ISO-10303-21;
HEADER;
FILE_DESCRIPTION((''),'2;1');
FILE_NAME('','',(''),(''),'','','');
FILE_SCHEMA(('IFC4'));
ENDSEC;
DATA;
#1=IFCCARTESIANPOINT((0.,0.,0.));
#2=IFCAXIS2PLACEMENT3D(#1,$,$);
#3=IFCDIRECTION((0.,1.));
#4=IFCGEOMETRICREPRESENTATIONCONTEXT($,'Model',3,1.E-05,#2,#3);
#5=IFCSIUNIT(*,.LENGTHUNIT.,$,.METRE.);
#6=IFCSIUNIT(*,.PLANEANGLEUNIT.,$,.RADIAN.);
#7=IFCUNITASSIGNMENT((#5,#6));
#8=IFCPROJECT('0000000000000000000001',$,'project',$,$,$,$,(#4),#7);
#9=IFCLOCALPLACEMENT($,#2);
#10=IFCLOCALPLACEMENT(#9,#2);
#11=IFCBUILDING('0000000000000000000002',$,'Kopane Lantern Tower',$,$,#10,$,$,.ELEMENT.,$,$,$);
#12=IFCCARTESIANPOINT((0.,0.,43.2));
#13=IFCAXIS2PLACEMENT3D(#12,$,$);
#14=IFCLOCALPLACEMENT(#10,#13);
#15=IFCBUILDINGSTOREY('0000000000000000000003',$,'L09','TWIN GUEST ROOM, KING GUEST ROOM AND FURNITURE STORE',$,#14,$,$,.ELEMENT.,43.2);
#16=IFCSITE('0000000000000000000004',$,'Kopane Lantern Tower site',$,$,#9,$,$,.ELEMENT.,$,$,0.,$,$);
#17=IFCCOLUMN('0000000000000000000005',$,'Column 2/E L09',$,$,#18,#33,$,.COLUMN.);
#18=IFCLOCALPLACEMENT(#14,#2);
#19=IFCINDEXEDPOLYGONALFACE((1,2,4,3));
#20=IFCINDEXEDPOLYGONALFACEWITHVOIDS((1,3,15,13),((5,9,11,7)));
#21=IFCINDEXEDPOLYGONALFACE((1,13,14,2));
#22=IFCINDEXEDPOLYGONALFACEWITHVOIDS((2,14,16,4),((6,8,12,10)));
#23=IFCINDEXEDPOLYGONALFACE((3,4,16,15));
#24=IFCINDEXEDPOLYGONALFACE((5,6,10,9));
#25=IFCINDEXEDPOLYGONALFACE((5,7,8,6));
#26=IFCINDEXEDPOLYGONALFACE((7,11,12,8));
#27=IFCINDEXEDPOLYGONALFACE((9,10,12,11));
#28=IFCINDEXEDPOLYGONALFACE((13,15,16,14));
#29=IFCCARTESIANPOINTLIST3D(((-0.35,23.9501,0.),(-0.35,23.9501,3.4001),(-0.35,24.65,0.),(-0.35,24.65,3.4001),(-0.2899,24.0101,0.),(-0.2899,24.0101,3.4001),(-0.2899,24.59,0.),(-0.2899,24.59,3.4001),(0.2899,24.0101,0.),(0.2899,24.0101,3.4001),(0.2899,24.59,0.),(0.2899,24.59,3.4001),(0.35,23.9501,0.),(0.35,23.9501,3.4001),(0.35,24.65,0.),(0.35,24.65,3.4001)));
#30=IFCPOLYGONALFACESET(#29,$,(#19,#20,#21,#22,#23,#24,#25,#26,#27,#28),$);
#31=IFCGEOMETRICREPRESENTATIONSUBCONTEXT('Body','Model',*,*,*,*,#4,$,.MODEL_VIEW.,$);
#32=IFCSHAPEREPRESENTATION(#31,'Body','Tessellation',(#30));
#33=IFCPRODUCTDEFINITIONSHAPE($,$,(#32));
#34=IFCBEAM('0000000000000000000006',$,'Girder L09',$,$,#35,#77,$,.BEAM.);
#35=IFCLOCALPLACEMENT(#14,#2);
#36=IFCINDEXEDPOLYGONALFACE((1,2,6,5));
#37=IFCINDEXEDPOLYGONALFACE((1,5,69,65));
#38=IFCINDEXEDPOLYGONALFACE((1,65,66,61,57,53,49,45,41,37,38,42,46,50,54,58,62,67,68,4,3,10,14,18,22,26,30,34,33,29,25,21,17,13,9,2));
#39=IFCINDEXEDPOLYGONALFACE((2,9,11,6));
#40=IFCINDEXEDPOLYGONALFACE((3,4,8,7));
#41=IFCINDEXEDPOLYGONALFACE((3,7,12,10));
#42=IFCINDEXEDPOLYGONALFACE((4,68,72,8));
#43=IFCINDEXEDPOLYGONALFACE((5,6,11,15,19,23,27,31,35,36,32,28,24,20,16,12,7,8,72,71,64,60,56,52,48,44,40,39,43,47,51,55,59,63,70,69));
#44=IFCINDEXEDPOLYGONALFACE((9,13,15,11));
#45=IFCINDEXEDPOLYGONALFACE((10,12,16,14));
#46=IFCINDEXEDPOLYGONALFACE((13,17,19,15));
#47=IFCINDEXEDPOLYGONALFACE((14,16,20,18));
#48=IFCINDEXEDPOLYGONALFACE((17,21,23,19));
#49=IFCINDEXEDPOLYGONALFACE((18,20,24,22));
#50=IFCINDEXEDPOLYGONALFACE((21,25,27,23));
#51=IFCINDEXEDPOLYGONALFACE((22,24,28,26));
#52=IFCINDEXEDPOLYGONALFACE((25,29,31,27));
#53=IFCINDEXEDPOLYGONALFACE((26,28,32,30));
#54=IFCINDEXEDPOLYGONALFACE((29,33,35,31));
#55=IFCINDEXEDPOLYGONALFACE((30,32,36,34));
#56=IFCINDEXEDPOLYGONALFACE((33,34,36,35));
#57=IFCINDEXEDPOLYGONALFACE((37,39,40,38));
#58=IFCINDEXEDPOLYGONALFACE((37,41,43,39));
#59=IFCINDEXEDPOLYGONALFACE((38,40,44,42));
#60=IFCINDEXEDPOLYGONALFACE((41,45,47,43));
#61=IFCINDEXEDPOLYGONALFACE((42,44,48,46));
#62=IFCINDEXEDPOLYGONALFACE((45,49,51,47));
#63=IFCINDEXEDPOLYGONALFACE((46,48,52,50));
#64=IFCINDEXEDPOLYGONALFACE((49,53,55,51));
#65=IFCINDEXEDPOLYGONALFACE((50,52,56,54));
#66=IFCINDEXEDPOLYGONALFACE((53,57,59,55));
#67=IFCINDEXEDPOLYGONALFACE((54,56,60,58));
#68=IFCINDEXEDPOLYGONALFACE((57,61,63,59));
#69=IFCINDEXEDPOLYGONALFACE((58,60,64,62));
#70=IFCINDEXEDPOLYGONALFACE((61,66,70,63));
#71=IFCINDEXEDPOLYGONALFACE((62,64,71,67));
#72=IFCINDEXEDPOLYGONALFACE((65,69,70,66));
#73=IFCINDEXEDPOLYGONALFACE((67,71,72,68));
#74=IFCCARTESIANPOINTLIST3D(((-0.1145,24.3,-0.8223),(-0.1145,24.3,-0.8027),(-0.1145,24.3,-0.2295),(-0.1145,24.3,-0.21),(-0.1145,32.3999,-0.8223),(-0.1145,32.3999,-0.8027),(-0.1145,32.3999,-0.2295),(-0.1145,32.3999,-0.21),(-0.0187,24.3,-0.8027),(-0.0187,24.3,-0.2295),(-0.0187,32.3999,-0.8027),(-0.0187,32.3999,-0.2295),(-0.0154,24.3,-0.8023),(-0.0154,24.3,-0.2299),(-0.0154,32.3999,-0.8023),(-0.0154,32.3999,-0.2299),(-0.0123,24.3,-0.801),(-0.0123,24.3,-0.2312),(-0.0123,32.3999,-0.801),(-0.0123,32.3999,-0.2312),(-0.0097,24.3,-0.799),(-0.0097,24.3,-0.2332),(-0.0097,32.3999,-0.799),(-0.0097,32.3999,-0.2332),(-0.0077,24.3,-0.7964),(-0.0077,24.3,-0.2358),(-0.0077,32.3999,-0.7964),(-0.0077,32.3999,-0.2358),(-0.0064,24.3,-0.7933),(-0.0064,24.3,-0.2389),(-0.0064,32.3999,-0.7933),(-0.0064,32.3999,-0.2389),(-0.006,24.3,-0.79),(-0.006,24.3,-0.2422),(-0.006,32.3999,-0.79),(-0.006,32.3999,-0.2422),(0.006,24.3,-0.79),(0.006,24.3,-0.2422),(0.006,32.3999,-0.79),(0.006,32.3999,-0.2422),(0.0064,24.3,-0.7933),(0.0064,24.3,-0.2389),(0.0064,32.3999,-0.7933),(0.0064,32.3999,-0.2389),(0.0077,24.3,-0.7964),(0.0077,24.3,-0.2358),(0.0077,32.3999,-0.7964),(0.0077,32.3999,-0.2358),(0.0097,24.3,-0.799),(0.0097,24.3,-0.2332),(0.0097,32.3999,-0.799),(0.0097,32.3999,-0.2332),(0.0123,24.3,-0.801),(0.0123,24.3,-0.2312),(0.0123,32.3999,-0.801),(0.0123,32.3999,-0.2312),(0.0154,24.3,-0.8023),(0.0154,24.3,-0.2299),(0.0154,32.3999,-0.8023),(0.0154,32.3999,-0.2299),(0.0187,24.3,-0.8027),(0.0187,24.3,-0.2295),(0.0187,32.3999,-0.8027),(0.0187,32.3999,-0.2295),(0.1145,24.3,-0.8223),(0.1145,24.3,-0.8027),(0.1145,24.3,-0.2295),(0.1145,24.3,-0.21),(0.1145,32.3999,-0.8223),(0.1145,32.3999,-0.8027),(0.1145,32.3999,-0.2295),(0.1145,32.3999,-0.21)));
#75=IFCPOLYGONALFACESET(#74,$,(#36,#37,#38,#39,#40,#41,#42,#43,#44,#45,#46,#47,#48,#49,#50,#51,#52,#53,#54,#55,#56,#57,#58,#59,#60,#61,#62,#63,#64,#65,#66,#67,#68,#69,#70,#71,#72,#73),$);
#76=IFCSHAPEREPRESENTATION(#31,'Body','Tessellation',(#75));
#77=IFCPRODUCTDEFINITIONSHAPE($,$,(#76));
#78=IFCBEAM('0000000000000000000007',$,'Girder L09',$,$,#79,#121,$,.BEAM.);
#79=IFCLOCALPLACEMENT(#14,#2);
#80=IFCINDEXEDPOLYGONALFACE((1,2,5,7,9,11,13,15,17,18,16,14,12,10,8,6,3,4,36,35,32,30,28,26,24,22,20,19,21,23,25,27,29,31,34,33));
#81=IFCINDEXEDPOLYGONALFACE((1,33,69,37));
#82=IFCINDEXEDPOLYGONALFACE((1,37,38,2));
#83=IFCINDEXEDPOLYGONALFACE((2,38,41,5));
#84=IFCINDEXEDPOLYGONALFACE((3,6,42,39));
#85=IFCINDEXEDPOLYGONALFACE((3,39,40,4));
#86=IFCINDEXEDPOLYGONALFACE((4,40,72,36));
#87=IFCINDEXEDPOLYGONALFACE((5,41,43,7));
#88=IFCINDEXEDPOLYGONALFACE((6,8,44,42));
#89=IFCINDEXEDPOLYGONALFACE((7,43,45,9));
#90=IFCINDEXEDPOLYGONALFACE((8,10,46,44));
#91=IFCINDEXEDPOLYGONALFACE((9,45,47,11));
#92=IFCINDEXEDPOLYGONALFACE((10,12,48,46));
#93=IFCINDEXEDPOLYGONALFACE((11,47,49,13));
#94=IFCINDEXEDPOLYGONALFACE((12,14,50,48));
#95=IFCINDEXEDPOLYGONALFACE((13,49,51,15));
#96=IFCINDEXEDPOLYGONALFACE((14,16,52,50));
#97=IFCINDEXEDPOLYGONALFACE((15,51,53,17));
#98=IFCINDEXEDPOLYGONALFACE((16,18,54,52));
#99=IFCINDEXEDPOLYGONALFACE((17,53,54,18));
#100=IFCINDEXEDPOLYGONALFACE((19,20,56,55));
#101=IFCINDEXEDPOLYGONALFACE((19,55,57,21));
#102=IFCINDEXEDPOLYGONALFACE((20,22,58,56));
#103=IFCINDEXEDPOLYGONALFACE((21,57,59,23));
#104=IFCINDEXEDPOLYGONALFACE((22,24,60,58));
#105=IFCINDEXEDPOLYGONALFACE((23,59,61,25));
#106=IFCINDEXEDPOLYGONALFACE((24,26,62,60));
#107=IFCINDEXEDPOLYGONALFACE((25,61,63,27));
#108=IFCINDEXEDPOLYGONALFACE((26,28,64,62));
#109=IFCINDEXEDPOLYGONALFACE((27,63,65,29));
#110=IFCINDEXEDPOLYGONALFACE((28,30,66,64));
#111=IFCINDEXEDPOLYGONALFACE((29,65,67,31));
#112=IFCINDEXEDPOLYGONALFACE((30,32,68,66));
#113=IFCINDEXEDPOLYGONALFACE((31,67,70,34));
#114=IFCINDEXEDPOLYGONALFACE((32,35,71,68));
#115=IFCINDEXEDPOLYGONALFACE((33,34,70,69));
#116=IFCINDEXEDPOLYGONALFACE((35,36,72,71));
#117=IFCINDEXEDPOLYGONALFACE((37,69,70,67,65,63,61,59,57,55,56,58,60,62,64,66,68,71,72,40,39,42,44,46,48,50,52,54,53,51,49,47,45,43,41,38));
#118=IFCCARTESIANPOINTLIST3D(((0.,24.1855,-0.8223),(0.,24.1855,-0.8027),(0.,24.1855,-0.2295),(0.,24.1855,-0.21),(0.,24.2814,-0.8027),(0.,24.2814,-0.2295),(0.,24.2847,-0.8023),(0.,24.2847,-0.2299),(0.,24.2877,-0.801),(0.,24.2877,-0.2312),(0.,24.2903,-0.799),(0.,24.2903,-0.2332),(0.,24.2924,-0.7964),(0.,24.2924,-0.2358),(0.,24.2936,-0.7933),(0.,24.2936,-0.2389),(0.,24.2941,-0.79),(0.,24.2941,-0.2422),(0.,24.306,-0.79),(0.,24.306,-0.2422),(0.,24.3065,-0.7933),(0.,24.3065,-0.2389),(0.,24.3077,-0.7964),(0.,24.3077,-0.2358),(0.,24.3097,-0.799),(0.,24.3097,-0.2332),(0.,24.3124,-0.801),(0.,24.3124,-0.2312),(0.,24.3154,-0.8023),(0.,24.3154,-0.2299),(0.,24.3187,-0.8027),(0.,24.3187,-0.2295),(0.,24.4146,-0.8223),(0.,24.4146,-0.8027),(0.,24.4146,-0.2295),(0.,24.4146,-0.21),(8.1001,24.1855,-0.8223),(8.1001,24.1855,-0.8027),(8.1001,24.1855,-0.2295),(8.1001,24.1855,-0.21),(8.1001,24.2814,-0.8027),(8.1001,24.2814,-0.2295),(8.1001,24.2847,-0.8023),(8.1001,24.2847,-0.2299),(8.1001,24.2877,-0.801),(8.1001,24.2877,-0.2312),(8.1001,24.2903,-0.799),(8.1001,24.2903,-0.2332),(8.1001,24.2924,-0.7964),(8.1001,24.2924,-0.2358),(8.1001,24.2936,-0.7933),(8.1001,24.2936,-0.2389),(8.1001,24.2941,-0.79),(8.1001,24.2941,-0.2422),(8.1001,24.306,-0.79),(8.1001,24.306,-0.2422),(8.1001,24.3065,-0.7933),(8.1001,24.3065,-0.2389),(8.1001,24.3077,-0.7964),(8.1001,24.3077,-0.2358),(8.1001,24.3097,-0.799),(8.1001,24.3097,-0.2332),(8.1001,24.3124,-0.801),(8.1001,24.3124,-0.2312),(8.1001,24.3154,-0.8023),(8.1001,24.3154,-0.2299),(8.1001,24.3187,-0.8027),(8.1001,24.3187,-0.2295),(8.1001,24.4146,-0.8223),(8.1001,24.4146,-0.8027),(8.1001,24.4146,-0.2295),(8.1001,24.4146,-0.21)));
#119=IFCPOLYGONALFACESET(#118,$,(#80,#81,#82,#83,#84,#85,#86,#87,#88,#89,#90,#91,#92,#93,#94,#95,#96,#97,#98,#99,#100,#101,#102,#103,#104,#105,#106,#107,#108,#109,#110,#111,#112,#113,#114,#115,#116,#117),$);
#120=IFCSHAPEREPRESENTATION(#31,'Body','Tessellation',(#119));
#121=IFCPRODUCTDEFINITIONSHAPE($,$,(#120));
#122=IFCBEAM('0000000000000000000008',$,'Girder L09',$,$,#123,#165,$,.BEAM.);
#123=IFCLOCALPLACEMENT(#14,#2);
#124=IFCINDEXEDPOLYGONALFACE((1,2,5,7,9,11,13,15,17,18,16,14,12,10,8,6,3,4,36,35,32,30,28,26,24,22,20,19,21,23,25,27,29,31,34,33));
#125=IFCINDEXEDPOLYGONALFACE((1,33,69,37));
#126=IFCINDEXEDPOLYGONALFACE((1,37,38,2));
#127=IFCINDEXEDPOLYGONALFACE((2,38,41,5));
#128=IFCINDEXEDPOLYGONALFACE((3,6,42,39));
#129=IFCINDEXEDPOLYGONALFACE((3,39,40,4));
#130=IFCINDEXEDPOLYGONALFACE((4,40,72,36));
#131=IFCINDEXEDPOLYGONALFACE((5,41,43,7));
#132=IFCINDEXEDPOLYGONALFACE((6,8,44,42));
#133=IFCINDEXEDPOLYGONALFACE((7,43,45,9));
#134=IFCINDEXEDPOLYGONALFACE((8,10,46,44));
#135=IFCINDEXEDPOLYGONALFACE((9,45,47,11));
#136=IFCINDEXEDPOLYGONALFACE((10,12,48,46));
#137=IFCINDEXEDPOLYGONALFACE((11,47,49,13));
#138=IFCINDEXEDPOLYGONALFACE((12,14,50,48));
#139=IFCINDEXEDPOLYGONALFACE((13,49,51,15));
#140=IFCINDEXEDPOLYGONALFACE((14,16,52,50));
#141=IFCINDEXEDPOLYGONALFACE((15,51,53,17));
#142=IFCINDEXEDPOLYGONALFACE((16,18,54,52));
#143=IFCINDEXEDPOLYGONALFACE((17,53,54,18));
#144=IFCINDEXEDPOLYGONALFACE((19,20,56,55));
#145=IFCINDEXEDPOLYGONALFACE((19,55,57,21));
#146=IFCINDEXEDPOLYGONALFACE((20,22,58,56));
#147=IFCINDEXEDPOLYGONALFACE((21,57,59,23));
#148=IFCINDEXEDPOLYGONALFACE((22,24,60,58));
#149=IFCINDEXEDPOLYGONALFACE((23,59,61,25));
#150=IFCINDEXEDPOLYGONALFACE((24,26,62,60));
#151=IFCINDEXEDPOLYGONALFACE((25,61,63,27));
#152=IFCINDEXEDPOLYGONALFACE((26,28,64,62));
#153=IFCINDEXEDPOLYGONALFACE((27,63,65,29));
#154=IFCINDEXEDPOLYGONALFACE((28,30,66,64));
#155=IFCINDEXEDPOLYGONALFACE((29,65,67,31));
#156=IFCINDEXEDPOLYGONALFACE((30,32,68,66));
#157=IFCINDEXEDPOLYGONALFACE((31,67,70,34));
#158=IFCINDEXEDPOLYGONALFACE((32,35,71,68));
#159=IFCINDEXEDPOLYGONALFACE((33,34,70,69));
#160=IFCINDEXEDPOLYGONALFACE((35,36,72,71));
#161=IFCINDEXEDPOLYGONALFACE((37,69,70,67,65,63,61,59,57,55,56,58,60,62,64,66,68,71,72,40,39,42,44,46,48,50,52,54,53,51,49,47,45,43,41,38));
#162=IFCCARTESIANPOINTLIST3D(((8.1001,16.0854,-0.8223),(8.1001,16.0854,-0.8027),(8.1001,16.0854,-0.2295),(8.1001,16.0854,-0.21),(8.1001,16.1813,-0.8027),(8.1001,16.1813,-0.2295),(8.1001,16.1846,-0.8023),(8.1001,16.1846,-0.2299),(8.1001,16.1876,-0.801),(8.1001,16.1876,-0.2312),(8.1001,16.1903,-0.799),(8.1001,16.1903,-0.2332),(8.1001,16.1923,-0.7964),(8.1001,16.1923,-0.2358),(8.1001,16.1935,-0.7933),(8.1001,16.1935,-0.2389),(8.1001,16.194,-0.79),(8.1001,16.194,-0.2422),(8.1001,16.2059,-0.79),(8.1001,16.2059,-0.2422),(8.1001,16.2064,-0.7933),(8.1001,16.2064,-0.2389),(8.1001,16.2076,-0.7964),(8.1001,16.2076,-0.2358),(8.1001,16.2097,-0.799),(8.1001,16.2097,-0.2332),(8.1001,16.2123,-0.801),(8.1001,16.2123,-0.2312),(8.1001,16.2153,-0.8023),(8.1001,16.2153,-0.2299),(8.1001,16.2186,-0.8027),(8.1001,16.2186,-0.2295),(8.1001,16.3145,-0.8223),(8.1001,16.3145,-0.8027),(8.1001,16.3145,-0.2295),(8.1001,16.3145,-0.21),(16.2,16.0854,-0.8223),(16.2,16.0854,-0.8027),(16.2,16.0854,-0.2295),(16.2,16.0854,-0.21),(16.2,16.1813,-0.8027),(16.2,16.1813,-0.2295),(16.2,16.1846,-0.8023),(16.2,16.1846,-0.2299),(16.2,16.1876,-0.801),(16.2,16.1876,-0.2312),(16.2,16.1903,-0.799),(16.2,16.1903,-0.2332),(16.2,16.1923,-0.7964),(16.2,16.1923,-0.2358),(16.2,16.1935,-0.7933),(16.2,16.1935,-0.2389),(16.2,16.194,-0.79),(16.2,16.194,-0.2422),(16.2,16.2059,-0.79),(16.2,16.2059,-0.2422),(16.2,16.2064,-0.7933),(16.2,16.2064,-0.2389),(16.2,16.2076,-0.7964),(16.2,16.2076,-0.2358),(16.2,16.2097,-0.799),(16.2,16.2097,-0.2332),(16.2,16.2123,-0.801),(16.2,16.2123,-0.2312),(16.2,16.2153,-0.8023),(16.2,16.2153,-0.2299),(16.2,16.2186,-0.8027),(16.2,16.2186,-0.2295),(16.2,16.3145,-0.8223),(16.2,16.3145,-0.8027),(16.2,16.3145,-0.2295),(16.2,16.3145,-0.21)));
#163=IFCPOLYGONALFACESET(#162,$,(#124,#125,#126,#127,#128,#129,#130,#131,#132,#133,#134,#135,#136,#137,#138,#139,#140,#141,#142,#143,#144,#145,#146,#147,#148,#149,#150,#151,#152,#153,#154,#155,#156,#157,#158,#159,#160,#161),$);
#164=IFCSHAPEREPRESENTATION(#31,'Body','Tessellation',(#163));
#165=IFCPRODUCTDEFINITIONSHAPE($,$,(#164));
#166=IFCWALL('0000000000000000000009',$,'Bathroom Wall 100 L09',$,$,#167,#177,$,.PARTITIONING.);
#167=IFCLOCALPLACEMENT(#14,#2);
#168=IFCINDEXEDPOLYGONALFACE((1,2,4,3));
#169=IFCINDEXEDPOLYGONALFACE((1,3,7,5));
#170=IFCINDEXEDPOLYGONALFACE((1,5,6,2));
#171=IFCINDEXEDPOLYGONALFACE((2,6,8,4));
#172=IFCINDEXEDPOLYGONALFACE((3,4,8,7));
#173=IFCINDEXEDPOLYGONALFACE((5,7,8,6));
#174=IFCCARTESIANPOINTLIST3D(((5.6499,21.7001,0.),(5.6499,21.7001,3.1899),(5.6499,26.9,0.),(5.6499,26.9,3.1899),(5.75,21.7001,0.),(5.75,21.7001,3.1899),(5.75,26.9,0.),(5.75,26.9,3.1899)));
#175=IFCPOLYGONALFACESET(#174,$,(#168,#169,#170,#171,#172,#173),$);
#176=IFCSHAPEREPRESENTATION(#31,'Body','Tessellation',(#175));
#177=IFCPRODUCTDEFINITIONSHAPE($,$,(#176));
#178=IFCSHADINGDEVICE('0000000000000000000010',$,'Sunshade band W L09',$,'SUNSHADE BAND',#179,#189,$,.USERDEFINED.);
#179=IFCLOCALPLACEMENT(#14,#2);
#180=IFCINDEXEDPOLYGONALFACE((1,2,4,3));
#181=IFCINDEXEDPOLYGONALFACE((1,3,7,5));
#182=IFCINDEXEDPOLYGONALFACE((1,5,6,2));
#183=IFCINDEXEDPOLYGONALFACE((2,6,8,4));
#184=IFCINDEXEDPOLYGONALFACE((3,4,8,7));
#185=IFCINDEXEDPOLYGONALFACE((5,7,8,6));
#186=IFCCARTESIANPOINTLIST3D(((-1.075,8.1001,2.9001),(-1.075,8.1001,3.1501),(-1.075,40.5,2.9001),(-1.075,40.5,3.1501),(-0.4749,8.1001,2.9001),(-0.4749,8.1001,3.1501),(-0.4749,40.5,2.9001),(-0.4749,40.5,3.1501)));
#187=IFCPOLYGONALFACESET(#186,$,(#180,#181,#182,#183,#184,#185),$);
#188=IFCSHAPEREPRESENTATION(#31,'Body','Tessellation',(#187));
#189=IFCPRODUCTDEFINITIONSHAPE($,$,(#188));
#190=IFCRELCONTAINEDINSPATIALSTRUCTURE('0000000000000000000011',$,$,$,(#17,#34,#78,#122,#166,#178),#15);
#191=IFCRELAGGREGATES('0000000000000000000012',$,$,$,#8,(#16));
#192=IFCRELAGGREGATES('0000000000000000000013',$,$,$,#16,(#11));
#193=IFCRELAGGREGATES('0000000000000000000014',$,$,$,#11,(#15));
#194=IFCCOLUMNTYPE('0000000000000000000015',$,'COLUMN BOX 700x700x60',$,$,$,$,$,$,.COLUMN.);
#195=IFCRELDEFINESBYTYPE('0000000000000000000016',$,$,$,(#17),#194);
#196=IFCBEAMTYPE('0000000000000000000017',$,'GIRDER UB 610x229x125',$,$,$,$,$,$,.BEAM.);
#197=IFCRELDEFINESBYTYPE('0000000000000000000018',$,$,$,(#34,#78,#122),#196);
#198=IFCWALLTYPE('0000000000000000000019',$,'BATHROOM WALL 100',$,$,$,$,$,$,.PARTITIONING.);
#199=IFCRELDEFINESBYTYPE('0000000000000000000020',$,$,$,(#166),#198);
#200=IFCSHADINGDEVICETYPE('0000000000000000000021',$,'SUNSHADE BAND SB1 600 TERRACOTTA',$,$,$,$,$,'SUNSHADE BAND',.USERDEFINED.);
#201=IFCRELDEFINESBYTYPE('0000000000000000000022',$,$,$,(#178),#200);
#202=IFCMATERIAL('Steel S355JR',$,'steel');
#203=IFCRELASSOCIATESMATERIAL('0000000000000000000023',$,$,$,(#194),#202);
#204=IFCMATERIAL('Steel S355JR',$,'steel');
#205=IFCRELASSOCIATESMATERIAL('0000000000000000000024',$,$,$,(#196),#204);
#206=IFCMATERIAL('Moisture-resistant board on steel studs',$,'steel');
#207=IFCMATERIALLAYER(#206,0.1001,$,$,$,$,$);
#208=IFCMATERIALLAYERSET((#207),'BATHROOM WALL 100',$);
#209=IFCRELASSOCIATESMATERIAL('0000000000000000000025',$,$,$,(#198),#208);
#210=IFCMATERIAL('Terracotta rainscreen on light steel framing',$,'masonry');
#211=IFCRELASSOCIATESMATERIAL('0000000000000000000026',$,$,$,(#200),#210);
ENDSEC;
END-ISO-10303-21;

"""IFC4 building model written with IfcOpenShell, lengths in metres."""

from ifc_helpers import new_model, si_unit, direction, frame, frame_2d, origin, origin_2d, place, context, subcontext, project, spatial, rectangle, hollow_rectangle, i_section, extrude, material, layer, layer_set, material_profile, profile_set, type_object, element, save


model = new_model("IFC4")

# Units and contexts
model_context = context("Model", 3, precision=1e-05, world=origin(), true_north=direction((0.0, 1.0)))
body_context = subcontext(model_context, "Body", "Model", "MODEL_VIEW")
ifc_project = project(units=[si_unit("LENGTHUNIT", "METRE"), si_unit("PLANEANGLEUNIT", "RADIAN")], contexts=[model_context])

# Site, building, storey
site_placement = place(None, origin())
site = spatial("IfcSite", under=ifc_project, at=site_placement, Name="Kopane Lantern Tower site", CompositionType="ELEMENT", RefElevation=0.0)
building_placement = place(site_placement, origin())
building = spatial("IfcBuilding", under=site, at=building_placement, Name="Kopane Lantern Tower", CompositionType="ELEMENT")
storey_placement = place(building_placement, frame((0.0, 0.0, 43.2)))
storey = spatial("IfcBuildingStorey", under=building, at=storey_placement, Name="L09", Description="TWIN GUEST ROOM, KING GUEST ROOM AND FURNITURE STORE", CompositionType="ELEMENT", Elevation=43.2)

# Column
ifc_material_1 = material(Name="Steel S355JR", Category="steel")
ifc_material_profile_1 = material_profile(ifc_material_1, hollow_rectangle(XDim=0.7, YDim=0.7, WallThickness=0.0601, at=origin_2d()), Name="BOX 700x700x60")
ifc_profile_set_1 = profile_set([ifc_material_profile_1], Name="Steel S355JR")
column_type = type_object("IfcColumnType", Name="COLUMN BOX 700x700x60", PredefinedType="COLUMN", material=ifc_profile_set_1)
column_placement = place(storey_placement, frame((0.0, 24.3, 0.0), z_axis=(0.0, 0.0, 1.0), x_axis=(1.0, 0.0, 0.0)))
element("IfcColumn", 1, at=column_placement, inside=storey, type_object=column_type, Name="Column 2/E L09", PredefinedType="COLUMN", context=body_context, shape_type="SweptSolid", body=[
    extrude(hollow_rectangle(XDim=0.7, YDim=0.7, WallThickness=0.0601, at=origin_2d()), origin(), (0.0, 0.0, 1.0), 3.4001),
])

# Beams
ifc_material_2 = material(Name="Steel S355JR", Category="steel")
ifc_material_profile_2 = material_profile(ifc_material_2, i_section(OverallWidth=0.229, OverallDepth=0.6123, WebThickness=0.012, FlangeThickness=0.0195, FilletRadius=0.0127, at=origin_2d()), Name="UB 610x229x125")
ifc_profile_set_2 = profile_set([ifc_material_profile_2], Name="Steel S355JR")
beam_type = type_object("IfcBeamType", Name="GIRDER UB 610x229x125", PredefinedType="BEAM", material=ifc_profile_set_2)
beam_1_placement = place(storey_placement, frame((0.0, 24.3, -0.5161), z_axis=(0.0, 1.0, 0.0), x_axis=(-1.0, 0.0, 0.0)))
element("IfcBeam", 2, at=beam_1_placement, inside=storey, type_object=beam_type, Name="Girder L09", PredefinedType="BEAM", context=body_context, shape_type="SweptSolid", body=[
    extrude(i_section(OverallWidth=0.229, OverallDepth=0.6123, WebThickness=0.012, FlangeThickness=0.0195, FilletRadius=0.0127, at=origin_2d()), origin(), (0.0, 0.0, 1.0), 8.0999),
])
beam_2_placement = place(storey_placement, frame((0.0, 24.3, -0.5161), z_axis=(1.0, 0.0, 0.0), x_axis=(0.0, 1.0, 0.0)))
element("IfcBeam", 3, at=beam_2_placement, inside=storey, type_object=beam_type, Name="Girder L09", PredefinedType="BEAM", context=body_context, shape_type="SweptSolid", body=[
    extrude(i_section(OverallWidth=0.229, OverallDepth=0.6123, WebThickness=0.012, FlangeThickness=0.0195, FilletRadius=0.0127, at=origin_2d()), origin(), (0.0, 0.0, 1.0), 8.1001),
])
beam_3_placement = place(storey_placement, frame((8.1001, 16.2, -0.5161), z_axis=(1.0, 0.0, 0.0), x_axis=(0.0, 1.0, 0.0)))
element("IfcBeam", 4, at=beam_3_placement, inside=storey, type_object=beam_type, Name="Girder L09", PredefinedType="BEAM", context=body_context, shape_type="SweptSolid", body=[
    extrude(i_section(OverallWidth=0.229, OverallDepth=0.6123, WebThickness=0.012, FlangeThickness=0.0195, FilletRadius=0.0127, at=origin_2d()), origin(), (0.0, 0.0, 1.0), 8.0999),
])

# Wall
ifc_material_3 = material(Name="Moisture-resistant board on steel studs", Category="steel")
ifc_layer = layer(ifc_material_3, 0.1001)
ifc_layer_set = layer_set([ifc_layer], Name="BATHROOM WALL 100")
wall_type = type_object("IfcWallType", Name="BATHROOM WALL 100", PredefinedType="PARTITIONING", material=ifc_layer_set)
wall_placement = place(storey_placement, frame((5.7, 21.7, 0.0), z_axis=(0.0, 0.0, 1.0), x_axis=(0.0, 1.0, 0.0)))
element("IfcWall", 5, at=wall_placement, inside=storey, type_object=wall_type, Name="Bathroom Wall 100 L09", PredefinedType="PARTITIONING", context=body_context, shape_type="SweptSolid", body=[
    extrude(rectangle(XDim=5.2, YDim=0.1001, at=frame_2d((2.6001, 0.0))), origin(), (0.0, 0.0, 1.0), 3.1899),
])

# Shading device
ifc_material_4 = material(Name="Terracotta rainscreen on light steel framing", Category="masonry")
shading_device_type = type_object("IfcShadingDeviceType", Name="SUNSHADE BAND SB1 600 TERRACOTTA", ElementType="SUNSHADE BAND", PredefinedType="USERDEFINED", material=ifc_material_4)
shading_device_placement = place(storey_placement, frame((-0.7749, 24.3, 2.9001), z_axis=(0.0, 0.0, 1.0), x_axis=(0.0, -1.0, 0.0)))
element("IfcShadingDevice", 6, at=shading_device_placement, inside=storey, type_object=shading_device_type, Name="Sunshade band W L09", ObjectType="SUNSHADE BAND", PredefinedType="USERDEFINED", context=body_context, shape_type="SweptSolid", body=[
    extrude(rectangle(XDim=32.3999, YDim=0.6001, at=origin_2d()), origin(), (0.0, 0.0, 1.0), 0.25),
])

save(model, "model.ifc")
